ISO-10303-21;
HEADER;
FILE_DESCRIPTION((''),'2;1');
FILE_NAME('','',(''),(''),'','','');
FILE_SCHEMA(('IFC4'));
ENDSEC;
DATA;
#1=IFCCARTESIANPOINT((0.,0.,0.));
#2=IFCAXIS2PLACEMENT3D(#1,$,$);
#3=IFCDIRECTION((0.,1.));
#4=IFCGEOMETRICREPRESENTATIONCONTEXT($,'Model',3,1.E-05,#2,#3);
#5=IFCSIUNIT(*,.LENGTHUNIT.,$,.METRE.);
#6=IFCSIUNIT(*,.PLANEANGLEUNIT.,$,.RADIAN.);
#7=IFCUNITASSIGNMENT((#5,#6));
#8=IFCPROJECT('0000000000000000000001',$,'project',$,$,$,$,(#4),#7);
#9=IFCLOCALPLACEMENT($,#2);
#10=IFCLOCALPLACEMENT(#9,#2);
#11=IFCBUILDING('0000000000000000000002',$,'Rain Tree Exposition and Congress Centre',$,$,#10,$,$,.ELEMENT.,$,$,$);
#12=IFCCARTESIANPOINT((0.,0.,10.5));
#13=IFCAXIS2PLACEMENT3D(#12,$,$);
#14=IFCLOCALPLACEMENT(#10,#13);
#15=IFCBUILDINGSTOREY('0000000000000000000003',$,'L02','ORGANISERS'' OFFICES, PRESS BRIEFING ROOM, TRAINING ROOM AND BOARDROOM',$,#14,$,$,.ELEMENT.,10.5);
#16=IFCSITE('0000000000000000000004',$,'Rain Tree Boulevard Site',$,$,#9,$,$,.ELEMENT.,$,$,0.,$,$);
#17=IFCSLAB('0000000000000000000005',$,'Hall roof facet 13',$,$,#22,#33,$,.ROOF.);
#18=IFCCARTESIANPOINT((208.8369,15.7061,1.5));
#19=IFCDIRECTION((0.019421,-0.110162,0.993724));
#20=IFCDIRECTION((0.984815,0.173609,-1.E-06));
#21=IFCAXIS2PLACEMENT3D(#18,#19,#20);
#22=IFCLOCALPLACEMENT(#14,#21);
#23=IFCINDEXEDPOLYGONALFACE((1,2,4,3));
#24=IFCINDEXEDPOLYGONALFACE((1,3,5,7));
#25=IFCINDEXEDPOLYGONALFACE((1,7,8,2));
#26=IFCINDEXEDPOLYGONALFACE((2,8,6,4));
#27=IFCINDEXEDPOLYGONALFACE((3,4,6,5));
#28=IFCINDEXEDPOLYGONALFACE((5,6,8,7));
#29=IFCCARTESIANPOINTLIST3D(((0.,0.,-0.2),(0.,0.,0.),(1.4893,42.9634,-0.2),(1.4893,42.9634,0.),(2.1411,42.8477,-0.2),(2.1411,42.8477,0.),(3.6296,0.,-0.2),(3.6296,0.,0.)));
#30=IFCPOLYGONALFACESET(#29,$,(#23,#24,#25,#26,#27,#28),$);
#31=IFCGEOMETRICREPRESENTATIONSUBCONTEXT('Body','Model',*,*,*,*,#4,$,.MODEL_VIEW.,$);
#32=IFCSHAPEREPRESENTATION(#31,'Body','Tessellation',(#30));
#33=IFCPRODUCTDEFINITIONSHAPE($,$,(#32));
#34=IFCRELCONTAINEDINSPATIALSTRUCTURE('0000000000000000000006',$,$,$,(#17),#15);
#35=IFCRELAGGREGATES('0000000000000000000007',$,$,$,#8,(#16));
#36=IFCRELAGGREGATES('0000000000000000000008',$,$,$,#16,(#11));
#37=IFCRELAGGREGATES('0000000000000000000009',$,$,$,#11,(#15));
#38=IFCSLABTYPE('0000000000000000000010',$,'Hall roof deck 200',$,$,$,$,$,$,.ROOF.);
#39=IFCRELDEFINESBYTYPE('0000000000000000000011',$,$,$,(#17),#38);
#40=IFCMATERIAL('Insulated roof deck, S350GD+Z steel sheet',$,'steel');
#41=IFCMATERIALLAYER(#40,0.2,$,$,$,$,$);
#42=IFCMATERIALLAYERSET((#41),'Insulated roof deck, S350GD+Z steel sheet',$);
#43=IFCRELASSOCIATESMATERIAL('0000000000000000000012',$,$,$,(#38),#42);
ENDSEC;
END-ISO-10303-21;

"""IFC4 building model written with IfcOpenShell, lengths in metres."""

from ifc_helpers import new_model, si_unit, direction, frame, origin, place, context, subcontext, project, spatial, polyline, outline, extrude, material, layer, layer_set, type_object, element, save


model = new_model("IFC4")

# Units and contexts
model_context = context("Model", 3, precision=1e-05, world=origin(), true_north=direction((0.0, 1.0)))
body_context = subcontext(model_context, "Body", "Model", "MODEL_VIEW")
ifc_project = project(units=[si_unit("LENGTHUNIT", "METRE"), si_unit("PLANEANGLEUNIT", "RADIAN")], contexts=[model_context])

# Site, building, storey
site_placement = place(None, origin())
site = spatial("IfcSite", under=ifc_project, at=site_placement, Name="Rain Tree Boulevard Site", CompositionType="ELEMENT", RefElevation=0.0)
building_placement = place(site_placement, origin())
building = spatial("IfcBuilding", under=site, at=building_placement, Name="Rain Tree Exposition and Congress Centre", CompositionType="ELEMENT")
storey_placement = place(building_placement, frame((0.0, 0.0, 10.5)))
storey = spatial("IfcBuildingStorey", under=building, at=storey_placement, Name="L02", Description="ORGANISERS' OFFICES, PRESS BRIEFING ROOM, TRAINING ROOM AND BOARDROOM", CompositionType="ELEMENT", Elevation=10.5)

# Slab
ifc_material_1 = material(Name="Insulated roof deck, S350GD+Z steel sheet", Category="steel")
ifc_layer_1 = layer(ifc_material_1, 0.2)
ifc_layer_set_1 = layer_set([ifc_layer_1], Name="Insulated roof deck, S350GD+Z steel sheet")
slab_type = type_object("IfcSlabType", Name="Hall roof deck 200", PredefinedType="ROOF", material=ifc_layer_set_1)
slab_1_placement = place(storey_placement, frame((208.8369, 15.7061, 1.5), z_axis=(0.019421, -0.110162, 0.993724), x_axis=(0.984815, 0.173609, -0.000001)))
element("IfcSlab", 1, at=slab_1_placement, inside=storey, type_object=slab_type, Name="Hall roof facet 13", PredefinedType="ROOF", context=body_context, shape_type="SweptSolid", body=[
    extrude(outline(polyline([(0.0, 0.0), (3.6296, 0.0), (2.1411, 42.8477), (1.4893, 42.9634), (0.0, 0.0)])), origin(), (0.0, 0.0, -1.0), 0.2),
])

save(model, "model.ifc")
